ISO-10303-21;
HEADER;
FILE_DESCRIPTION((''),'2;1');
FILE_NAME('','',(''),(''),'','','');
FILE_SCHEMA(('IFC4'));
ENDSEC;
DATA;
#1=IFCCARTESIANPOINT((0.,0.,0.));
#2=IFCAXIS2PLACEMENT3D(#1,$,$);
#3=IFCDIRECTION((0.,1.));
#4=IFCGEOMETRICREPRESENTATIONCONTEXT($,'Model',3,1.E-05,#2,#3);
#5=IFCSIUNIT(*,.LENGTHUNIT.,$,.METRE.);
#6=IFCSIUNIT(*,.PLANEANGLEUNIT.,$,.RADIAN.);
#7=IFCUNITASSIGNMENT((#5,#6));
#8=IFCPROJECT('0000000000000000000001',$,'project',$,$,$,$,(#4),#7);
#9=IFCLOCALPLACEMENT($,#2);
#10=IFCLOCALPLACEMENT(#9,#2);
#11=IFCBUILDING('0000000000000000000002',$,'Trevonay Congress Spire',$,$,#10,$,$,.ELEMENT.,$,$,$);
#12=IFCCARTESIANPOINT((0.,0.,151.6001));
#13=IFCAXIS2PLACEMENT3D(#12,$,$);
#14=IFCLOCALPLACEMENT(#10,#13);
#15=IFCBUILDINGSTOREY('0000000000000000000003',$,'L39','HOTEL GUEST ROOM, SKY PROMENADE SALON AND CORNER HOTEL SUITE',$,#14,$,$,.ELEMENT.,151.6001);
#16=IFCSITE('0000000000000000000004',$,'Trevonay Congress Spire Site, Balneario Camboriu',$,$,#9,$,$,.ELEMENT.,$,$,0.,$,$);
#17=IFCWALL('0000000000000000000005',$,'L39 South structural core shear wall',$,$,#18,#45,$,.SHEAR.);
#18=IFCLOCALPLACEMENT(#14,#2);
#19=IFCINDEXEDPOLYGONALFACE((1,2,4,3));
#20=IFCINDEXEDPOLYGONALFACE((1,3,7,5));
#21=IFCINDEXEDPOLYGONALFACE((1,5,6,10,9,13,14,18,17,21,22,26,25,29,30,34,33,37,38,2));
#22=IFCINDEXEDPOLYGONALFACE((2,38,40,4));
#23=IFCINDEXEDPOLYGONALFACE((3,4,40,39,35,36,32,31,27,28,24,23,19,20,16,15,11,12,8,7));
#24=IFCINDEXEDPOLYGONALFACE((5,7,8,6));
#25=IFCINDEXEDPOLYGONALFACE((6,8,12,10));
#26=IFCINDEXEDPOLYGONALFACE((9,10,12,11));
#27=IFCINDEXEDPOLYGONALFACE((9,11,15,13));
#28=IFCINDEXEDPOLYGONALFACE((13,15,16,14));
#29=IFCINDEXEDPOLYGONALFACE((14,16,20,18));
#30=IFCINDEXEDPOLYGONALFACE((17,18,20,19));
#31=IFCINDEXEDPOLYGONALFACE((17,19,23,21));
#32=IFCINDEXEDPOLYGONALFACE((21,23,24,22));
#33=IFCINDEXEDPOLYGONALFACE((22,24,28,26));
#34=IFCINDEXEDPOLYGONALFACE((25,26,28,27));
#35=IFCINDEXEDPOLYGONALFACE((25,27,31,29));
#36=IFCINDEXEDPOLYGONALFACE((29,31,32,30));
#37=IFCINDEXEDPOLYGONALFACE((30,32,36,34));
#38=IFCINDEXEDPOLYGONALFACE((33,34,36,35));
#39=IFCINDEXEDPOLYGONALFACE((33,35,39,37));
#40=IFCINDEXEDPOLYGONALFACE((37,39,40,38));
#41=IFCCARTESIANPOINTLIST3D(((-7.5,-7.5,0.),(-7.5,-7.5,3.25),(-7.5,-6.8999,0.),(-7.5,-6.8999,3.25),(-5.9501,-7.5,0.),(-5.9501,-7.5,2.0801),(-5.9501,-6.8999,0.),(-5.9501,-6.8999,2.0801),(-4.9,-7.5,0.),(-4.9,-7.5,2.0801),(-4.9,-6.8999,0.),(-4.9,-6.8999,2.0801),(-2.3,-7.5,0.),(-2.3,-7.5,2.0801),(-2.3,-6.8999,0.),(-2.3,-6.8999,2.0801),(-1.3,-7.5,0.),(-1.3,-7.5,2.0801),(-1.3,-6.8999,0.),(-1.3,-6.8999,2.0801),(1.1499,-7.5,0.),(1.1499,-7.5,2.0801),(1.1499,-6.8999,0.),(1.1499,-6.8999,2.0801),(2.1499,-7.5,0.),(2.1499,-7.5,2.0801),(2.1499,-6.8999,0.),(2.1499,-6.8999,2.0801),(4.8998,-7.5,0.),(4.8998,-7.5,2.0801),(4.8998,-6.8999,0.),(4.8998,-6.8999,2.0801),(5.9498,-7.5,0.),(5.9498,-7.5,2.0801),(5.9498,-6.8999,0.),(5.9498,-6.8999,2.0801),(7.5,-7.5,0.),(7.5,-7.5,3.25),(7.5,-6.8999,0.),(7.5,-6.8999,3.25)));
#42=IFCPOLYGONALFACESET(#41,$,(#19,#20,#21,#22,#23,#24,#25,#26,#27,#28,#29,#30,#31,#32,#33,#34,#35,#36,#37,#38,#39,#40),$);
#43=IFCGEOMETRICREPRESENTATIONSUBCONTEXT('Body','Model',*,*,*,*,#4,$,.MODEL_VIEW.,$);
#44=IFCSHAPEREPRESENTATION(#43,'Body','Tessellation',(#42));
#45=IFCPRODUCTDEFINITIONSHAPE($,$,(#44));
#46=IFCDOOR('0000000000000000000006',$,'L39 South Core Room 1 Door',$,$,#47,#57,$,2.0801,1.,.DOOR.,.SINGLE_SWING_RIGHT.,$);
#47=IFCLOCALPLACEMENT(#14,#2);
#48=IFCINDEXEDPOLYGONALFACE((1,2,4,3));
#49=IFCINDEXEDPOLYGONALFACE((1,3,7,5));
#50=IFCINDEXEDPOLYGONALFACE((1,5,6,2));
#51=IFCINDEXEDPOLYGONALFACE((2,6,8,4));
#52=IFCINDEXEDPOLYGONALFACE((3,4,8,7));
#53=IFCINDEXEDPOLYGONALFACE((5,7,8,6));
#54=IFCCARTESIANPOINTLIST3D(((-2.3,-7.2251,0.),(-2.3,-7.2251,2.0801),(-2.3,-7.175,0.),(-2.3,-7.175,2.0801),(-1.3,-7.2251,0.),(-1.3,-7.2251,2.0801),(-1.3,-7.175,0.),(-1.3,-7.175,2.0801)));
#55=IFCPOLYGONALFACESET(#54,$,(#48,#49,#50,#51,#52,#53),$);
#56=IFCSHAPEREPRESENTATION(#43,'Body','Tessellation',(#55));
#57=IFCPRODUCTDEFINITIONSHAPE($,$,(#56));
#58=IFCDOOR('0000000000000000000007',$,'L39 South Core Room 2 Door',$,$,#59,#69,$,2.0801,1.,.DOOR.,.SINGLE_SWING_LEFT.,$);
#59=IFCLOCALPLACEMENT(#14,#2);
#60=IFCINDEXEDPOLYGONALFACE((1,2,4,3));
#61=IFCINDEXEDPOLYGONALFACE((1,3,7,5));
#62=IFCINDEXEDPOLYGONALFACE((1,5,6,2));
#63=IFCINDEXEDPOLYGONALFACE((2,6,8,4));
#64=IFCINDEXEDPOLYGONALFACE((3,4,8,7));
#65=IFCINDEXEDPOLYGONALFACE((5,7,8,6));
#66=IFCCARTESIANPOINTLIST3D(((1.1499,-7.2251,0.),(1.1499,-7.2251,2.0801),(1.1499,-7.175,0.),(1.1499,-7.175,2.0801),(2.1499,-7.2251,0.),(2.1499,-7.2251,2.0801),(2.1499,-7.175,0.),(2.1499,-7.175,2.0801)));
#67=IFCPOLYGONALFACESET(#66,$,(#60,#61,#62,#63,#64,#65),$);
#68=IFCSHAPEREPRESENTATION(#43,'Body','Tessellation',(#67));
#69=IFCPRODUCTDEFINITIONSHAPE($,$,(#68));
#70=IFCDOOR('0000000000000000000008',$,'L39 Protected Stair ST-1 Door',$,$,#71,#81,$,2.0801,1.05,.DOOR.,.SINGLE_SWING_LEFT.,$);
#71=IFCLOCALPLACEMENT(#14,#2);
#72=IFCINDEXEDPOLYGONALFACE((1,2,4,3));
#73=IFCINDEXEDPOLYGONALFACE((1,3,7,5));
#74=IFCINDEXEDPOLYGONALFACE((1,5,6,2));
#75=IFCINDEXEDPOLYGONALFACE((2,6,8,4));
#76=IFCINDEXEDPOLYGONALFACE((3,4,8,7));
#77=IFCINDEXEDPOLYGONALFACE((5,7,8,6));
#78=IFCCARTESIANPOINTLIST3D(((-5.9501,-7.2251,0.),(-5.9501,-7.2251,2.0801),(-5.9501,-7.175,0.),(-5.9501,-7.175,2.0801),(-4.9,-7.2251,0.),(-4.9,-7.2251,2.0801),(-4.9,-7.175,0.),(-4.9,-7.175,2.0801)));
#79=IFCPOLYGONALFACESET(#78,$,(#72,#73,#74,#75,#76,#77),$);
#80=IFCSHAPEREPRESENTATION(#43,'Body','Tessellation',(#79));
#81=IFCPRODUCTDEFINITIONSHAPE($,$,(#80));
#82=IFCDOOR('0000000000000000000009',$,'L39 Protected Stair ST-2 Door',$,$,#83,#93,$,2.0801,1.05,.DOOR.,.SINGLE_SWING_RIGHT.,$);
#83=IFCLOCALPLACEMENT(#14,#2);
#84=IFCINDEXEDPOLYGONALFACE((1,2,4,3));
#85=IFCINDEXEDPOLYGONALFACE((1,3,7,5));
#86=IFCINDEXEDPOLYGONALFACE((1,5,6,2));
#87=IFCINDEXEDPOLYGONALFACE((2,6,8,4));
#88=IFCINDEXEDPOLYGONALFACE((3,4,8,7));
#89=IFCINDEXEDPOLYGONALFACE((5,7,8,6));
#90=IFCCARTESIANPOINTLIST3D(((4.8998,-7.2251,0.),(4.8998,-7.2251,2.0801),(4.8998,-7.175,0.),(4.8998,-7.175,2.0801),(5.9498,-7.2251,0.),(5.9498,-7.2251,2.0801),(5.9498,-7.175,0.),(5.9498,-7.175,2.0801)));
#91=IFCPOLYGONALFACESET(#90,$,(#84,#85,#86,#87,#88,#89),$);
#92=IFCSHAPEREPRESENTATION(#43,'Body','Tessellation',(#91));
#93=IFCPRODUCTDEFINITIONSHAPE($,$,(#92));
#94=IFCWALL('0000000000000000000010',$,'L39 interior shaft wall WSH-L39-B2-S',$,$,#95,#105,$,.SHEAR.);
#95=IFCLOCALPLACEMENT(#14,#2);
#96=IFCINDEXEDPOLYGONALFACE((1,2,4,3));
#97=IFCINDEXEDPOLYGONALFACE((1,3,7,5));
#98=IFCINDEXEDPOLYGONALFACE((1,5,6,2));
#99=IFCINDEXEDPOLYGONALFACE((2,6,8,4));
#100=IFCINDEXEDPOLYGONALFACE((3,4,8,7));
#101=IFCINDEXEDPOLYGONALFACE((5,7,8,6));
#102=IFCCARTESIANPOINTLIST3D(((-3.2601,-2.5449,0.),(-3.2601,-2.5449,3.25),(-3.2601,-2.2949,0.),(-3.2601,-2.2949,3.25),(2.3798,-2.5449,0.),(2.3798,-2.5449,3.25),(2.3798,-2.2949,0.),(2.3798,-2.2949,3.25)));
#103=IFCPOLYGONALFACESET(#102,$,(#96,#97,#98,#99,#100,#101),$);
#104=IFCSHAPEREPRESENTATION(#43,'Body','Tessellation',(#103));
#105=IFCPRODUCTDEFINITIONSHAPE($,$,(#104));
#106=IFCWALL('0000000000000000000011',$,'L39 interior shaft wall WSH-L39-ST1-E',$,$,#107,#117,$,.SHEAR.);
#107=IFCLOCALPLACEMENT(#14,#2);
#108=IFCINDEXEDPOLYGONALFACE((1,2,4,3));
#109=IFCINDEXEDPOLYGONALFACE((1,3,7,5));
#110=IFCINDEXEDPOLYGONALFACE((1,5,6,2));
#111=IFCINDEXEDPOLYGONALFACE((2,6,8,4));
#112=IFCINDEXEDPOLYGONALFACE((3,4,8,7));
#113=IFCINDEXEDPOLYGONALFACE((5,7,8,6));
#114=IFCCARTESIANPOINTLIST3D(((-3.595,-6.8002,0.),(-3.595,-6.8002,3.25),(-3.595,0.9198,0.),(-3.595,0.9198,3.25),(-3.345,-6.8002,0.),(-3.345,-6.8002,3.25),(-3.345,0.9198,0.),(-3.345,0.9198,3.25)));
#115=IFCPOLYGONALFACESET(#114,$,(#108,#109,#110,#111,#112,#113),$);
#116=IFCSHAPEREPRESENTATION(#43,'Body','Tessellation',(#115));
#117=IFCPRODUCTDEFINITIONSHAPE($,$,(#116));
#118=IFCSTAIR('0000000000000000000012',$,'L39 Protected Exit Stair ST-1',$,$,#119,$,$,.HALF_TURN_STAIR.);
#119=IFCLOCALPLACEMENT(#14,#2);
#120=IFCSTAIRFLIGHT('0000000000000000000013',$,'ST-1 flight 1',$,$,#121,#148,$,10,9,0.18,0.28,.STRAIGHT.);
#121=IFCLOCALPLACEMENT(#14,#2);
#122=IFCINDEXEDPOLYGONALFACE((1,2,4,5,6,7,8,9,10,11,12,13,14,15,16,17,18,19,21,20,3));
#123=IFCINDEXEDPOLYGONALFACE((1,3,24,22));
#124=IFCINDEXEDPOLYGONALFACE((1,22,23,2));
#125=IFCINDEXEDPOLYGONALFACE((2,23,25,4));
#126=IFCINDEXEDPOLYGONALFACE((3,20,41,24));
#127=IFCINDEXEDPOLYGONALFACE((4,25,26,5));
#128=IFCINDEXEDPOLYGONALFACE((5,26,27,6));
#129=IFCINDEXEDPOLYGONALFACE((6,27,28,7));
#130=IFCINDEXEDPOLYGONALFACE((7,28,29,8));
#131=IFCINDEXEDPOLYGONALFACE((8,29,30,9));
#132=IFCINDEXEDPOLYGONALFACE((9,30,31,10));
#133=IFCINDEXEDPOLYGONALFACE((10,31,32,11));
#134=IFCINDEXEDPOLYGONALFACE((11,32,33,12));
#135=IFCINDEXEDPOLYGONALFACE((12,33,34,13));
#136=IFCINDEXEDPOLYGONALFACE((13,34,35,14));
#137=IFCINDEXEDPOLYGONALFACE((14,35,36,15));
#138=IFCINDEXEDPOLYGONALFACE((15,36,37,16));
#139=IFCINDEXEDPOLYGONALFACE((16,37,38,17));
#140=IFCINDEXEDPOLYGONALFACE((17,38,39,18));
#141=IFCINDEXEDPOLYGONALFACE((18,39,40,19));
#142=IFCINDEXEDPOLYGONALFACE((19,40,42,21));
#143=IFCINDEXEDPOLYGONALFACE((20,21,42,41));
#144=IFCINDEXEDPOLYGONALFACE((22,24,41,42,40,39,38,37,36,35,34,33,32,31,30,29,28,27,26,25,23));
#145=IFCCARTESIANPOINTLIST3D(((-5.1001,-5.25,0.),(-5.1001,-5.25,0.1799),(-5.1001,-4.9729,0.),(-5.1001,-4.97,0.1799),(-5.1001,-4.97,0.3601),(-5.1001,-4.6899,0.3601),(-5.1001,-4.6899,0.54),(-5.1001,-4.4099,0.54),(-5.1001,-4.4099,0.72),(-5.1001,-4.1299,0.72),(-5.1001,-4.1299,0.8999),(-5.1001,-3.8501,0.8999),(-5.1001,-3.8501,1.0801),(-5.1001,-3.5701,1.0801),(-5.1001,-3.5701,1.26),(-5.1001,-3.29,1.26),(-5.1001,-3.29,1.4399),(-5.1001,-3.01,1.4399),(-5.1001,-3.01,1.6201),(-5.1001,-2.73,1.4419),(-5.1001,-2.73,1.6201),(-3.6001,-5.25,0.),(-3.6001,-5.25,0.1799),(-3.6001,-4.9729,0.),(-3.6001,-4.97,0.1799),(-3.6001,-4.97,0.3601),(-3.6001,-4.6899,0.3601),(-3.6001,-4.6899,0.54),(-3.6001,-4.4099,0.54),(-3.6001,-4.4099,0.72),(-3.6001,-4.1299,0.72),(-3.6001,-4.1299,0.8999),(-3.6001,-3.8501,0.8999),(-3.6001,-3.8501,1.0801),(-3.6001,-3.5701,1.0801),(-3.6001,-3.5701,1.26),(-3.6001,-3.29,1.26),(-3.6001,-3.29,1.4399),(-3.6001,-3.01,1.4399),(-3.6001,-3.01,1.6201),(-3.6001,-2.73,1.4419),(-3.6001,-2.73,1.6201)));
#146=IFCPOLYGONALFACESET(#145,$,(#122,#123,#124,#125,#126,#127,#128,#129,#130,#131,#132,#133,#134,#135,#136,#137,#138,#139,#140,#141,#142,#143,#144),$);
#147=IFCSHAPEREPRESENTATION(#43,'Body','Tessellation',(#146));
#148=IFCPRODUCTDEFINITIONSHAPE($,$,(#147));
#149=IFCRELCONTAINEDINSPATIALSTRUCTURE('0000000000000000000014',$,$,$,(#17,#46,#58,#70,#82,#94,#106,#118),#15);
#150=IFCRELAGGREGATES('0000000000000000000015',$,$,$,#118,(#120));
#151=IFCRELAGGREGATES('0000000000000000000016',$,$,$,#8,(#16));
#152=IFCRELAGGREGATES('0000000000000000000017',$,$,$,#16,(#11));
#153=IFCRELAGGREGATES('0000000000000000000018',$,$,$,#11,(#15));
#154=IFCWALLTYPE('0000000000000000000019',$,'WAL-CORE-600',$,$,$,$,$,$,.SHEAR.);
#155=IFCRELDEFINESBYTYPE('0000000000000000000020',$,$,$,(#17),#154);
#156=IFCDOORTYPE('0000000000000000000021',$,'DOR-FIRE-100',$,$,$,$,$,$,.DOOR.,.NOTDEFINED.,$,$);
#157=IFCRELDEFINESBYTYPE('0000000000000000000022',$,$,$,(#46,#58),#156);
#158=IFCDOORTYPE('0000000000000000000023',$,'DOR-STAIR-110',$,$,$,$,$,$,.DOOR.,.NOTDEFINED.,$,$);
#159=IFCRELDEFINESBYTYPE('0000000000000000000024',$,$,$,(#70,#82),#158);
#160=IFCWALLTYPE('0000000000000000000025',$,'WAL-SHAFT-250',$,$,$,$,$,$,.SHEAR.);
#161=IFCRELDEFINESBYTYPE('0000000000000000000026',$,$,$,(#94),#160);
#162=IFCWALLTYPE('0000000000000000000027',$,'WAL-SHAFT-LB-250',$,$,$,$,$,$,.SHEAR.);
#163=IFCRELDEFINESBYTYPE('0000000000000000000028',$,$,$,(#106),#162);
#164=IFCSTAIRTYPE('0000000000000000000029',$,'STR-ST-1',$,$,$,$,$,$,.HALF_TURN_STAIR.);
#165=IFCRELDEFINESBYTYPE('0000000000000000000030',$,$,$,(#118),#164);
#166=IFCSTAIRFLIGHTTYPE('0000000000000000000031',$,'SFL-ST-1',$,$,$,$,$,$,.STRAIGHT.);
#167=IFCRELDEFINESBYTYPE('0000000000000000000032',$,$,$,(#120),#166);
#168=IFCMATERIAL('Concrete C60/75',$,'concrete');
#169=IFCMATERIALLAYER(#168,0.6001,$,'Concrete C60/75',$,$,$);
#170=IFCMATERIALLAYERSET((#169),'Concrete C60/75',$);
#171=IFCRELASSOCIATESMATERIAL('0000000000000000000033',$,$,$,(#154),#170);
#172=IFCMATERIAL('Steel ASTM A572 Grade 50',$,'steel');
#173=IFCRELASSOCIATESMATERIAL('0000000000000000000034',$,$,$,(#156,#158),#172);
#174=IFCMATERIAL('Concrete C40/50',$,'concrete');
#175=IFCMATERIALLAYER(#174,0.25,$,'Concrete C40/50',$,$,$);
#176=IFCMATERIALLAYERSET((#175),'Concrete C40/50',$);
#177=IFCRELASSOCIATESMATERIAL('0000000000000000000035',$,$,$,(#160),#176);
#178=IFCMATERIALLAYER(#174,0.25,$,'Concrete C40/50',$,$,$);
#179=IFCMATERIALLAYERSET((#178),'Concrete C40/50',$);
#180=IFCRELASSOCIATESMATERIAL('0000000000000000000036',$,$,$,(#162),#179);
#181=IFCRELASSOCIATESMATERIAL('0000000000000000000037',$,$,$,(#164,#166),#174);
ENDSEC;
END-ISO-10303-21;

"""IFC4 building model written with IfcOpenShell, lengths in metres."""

from ifc_helpers import new_model, si_unit, direction, frame, frame_2d, origin, place, context, subcontext, project, spatial, polyline, rectangle, outline, extrude, material, layer, layer_set, type_object, element, fill, aggregate, save


model = new_model("IFC4")

# Units and contexts
model_context = context("Model", 3, precision=1e-05, world=origin(), true_north=direction((0.0, 1.0)))
body_context = subcontext(model_context, "Body", "Model", "MODEL_VIEW")
ifc_project = project(units=[si_unit("LENGTHUNIT", "METRE"), si_unit("PLANEANGLEUNIT", "RADIAN")], contexts=[model_context])

# Site, building, storey
site_placement = place(None, origin())
site = spatial("IfcSite", under=ifc_project, at=site_placement, Name="Trevonay Congress Spire Site, Balneario Camboriu", CompositionType="ELEMENT", RefElevation=0.0)
building_placement = place(site_placement, origin())
building = spatial("IfcBuilding", under=site, at=building_placement, Name="Trevonay Congress Spire", CompositionType="ELEMENT")
storey_placement = place(building_placement, frame((0.0, 0.0, 151.6001)))
storey = spatial("IfcBuildingStorey", under=building, at=storey_placement, Name="L39", Description="HOTEL GUEST ROOM, SKY PROMENADE SALON AND CORNER HOTEL SUITE", CompositionType="ELEMENT", Elevation=151.6001)

# Shared definitions
ifc_material_1 = material(Name="Steel ASTM A572 Grade 50", Category="steel")

# Shared definitions
ifc_material_2 = material(Name="Concrete C40/50", Category="concrete")

# Wall, openings, doors
ifc_material_3 = material(Name="Concrete C60/75", Category="concrete")
ifc_layer_1 = layer(ifc_material_3, 0.6001, Name="Concrete C60/75")
ifc_layer_set_1 = layer_set([ifc_layer_1], Name="Concrete C60/75")
wall_type_1 = type_object("IfcWallType", Name="WAL-CORE-600", PredefinedType="SHEAR", material=ifc_layer_set_1)
wall_1_placement = place(storey_placement, frame((-7.5, -7.2, 0.0), z_axis=(0.0, 0.0, 1.0), x_axis=(1.0, 0.0, 0.0)))
wall_1 = element("IfcWall", 1, at=wall_1_placement, inside=storey, type_object=wall_type_1, Name="L39 South structural core shear wall", PredefinedType="SHEAR", context=body_context, shape_type="SweptSolid", body=[
    extrude(rectangle(XDim=15.0, YDim=0.6001, at=frame_2d((7.5, 0.0))), origin(), (0.0, 0.0, 1.0), 3.25),
])
opening_1_placement = place(wall_1_placement, frame((1.55, 0.0, 0.0)))
opening_1 = element("IfcOpeningElement", 2, at=opening_1_placement, cuts=wall_1, PredefinedType="OPENING", context=body_context, shape_type="SweptSolid", body=[
    extrude(rectangle(XDim=1.05, YDim=2.0801, at=frame_2d((0.5249, 1.04))), frame((0.0, 0.3101, 0.0), z_axis=(0.0, -1.0, 0.0), x_axis=(1.0, 0.0, 0.0)), (0.0, 0.0, 1.0), 0.6201),
])
opening_2_placement = place(wall_1_placement, frame((12.3999, 0.0, 0.0)))
opening_2 = element("IfcOpeningElement", 3, at=opening_2_placement, cuts=wall_1, PredefinedType="OPENING", context=body_context, shape_type="SweptSolid", body=[
    extrude(rectangle(XDim=1.05, YDim=2.0801, at=frame_2d((0.5249, 1.04))), frame((0.0, 0.3101, 0.0), z_axis=(0.0, -1.0, 0.0), x_axis=(1.0, 0.0, 0.0)), (0.0, 0.0, 1.0), 0.6201),
])
opening_3_placement = place(wall_1_placement, frame((5.2, 0.0, 0.0)))
opening_3 = element("IfcOpeningElement", 4, at=opening_3_placement, cuts=wall_1, PredefinedType="OPENING", context=body_context, shape_type="SweptSolid", body=[
    extrude(rectangle(XDim=1.0, YDim=2.0801, at=frame_2d((0.5, 1.04))), frame((0.0, 0.3101, 0.0), z_axis=(0.0, -1.0, 0.0), x_axis=(1.0, 0.0, 0.0)), (0.0, 0.0, 1.0), 0.6201),
])
opening_4_placement = place(wall_1_placement, frame((8.6499, 0.0, 0.0)))
opening_4 = element("IfcOpeningElement", 5, at=opening_4_placement, cuts=wall_1, PredefinedType="OPENING", context=body_context, shape_type="SweptSolid", body=[
    extrude(rectangle(XDim=1.0, YDim=2.0801, at=frame_2d((0.5, 1.04))), frame((0.0, 0.3101, 0.0), z_axis=(0.0, -1.0, 0.0), x_axis=(1.0, 0.0, 0.0)), (0.0, 0.0, 1.0), 0.6201),
])
door_type_1 = type_object("IfcDoorType", Name="DOR-FIRE-100", OperationType="NOTDEFINED", PredefinedType="DOOR", material=ifc_material_1)
door_1_placement = place(opening_3_placement, origin())
door_1 = element("IfcDoor", 6, at=door_1_placement, inside=storey, type_object=door_type_1, Name="L39 South Core Room 1 Door", OperationType="SINGLE_SWING_RIGHT", OverallHeight=2.0801, OverallWidth=1.0, PredefinedType="DOOR", context=body_context, shape_type="SweptSolid", body=[
    extrude(rectangle(XDim=1.0, YDim=2.0801, at=frame_2d((0.5, 1.04))), frame((0.0, 0.0249, 0.0), z_axis=(0.0, -1.0, 0.0), x_axis=(1.0, 0.0, 0.0)), (0.0, 0.0, 1.0), 0.05),
])
fill(opening_3, door_1)
door_2_placement = place(opening_4_placement, origin())
door_2 = element("IfcDoor", 7, at=door_2_placement, inside=storey, type_object=door_type_1, Name="L39 South Core Room 2 Door", OperationType="SINGLE_SWING_LEFT", OverallHeight=2.0801, OverallWidth=1.0, PredefinedType="DOOR", context=body_context, shape_type="SweptSolid", body=[
    extrude(rectangle(XDim=1.0, YDim=2.0801, at=frame_2d((0.5, 1.04))), frame((0.0, 0.0249, 0.0), z_axis=(0.0, -1.0, 0.0), x_axis=(1.0, 0.0, 0.0)), (0.0, 0.0, 1.0), 0.05),
])
fill(opening_4, door_2)
door_type_2 = type_object("IfcDoorType", Name="DOR-STAIR-110", OperationType="NOTDEFINED", PredefinedType="DOOR", material=ifc_material_1)
door_3_placement = place(opening_1_placement, origin())
door_3 = element("IfcDoor", 8, at=door_3_placement, inside=storey, type_object=door_type_2, Name="L39 Protected Stair ST-1 Door", OperationType="SINGLE_SWING_LEFT", OverallHeight=2.0801, OverallWidth=1.05, PredefinedType="DOOR", context=body_context, shape_type="SweptSolid", body=[
    extrude(rectangle(XDim=1.05, YDim=2.0801, at=frame_2d((0.5249, 1.04))), frame((0.0, 0.0249, 0.0), z_axis=(0.0, -1.0, 0.0), x_axis=(1.0, 0.0, 0.0)), (0.0, 0.0, 1.0), 0.05),
])
fill(opening_1, door_3)
door_4_placement = place(opening_2_placement, origin())
door_4 = element("IfcDoor", 9, at=door_4_placement, inside=storey, type_object=door_type_2, Name="L39 Protected Stair ST-2 Door", OperationType="SINGLE_SWING_RIGHT", OverallHeight=2.0801, OverallWidth=1.05, PredefinedType="DOOR", context=body_context, shape_type="SweptSolid", body=[
    extrude(rectangle(XDim=1.05, YDim=2.0801, at=frame_2d((0.5249, 1.04))), frame((0.0, 0.0249, 0.0), z_axis=(0.0, -1.0, 0.0), x_axis=(1.0, 0.0, 0.0)), (0.0, 0.0, 1.0), 0.05),
])
fill(opening_2, door_4)

# Walls
ifc_layer_2 = layer(ifc_material_2, 0.25, Name="Concrete C40/50")
ifc_layer_set_2 = layer_set([ifc_layer_2], Name="Concrete C40/50")
wall_type_2 = type_object("IfcWallType", Name="WAL-SHAFT-250", PredefinedType="SHEAR", material=ifc_layer_set_2)
wall_2_placement = place(storey_placement, frame((-3.26, -2.4199, 0.0), z_axis=(0.0, 0.0, 1.0), x_axis=(1.0, 0.0, 0.0)))
element("IfcWall", 10, at=wall_2_placement, inside=storey, type_object=wall_type_2, Name="L39 interior shaft wall WSH-L39-B2-S", PredefinedType="SHEAR", context=body_context, shape_type="SweptSolid", body=[
    extrude(rectangle(XDim=5.6399, YDim=0.25, at=frame_2d((2.8198, 0.0))), origin(), (0.0, 0.0, 1.0), 3.25),
])
ifc_layer_3 = layer(ifc_material_2, 0.25, Name="Concrete C40/50")
ifc_layer_set_3 = layer_set([ifc_layer_3], Name="Concrete C40/50")
wall_type_3 = type_object("IfcWallType", Name="WAL-SHAFT-LB-250", PredefinedType="SHEAR", material=ifc_layer_set_3)
wall_3_placement = place(storey_placement, frame((-3.47, -6.8, 0.0), z_axis=(0.0, 0.0, 1.0), x_axis=(0.0, 1.0, 0.0)))
element("IfcWall", 11, at=wall_3_placement, inside=storey, type_object=wall_type_3, Name="L39 interior shaft wall WSH-L39-ST1-E", PredefinedType="SHEAR", context=body_context, shape_type="SweptSolid", body=[
    extrude(rectangle(XDim=7.72, YDim=0.25, at=frame_2d((3.8599, 0.0))), origin(), (0.0, 0.0, 1.0), 3.25),
])

# Stair, stair flight
stair_type = type_object("IfcStairType", Name="STR-ST-1", PredefinedType="HALF_TURN_STAIR", material=ifc_material_2)
stair_placement = place(storey_placement, origin())
stair = element("IfcStair", 12, at=stair_placement, inside=storey, type_object=stair_type, Name="L39 Protected Exit Stair ST-1", PredefinedType="HALF_TURN_STAIR")
stair_flight_type = type_object("IfcStairFlightType", Name="SFL-ST-1", PredefinedType="STRAIGHT", material=ifc_material_2)
stair_flight_1_placement = place(storey_placement, frame((-4.3501, -5.25, 0.0), z_axis=(0.0, 0.0, 1.0), x_axis=(0.0, 1.0, 0.0)))
stair_flight_1 = element("IfcStairFlight", 13, at=stair_flight_1_placement, type_object=stair_flight_type, Name="ST-1 flight 1", NumberOfRisers=10, NumberOfTreads=9, PredefinedType="STRAIGHT", RiserHeight=0.18, TreadLength=0.28, context=body_context, shape_type="SweptSolid", body=[
    extrude(outline(polyline([(0.0, 0.0), (0.0, 0.1799), (0.28, 0.1799), (0.28, 0.3601), (0.5601, 0.3601), (0.5601, 0.54), (0.8401, 0.54), (0.8401, 0.72), (1.1201, 0.72), (1.1201, 0.8999), (1.3999, 0.8999), (1.3999, 1.0801), (1.6799, 1.0801), (1.6799, 1.26), (1.96, 1.26), (1.96, 1.4399), (2.24, 1.4399), (2.24, 1.6201), (2.52, 1.6201), (2.52, 1.8), (2.52, 1.4419), (0.2771, 0.0), (0.0, 0.0)])), frame((0.0, 0.75, 0.0), z_axis=(0.0, -1.0, 0.0), x_axis=(1.0, 0.0, 0.0)), (0.0, 0.0, 1.0), 1.5),
])
aggregate(stair, [stair_flight_1])

save(model, "model.ifc")
